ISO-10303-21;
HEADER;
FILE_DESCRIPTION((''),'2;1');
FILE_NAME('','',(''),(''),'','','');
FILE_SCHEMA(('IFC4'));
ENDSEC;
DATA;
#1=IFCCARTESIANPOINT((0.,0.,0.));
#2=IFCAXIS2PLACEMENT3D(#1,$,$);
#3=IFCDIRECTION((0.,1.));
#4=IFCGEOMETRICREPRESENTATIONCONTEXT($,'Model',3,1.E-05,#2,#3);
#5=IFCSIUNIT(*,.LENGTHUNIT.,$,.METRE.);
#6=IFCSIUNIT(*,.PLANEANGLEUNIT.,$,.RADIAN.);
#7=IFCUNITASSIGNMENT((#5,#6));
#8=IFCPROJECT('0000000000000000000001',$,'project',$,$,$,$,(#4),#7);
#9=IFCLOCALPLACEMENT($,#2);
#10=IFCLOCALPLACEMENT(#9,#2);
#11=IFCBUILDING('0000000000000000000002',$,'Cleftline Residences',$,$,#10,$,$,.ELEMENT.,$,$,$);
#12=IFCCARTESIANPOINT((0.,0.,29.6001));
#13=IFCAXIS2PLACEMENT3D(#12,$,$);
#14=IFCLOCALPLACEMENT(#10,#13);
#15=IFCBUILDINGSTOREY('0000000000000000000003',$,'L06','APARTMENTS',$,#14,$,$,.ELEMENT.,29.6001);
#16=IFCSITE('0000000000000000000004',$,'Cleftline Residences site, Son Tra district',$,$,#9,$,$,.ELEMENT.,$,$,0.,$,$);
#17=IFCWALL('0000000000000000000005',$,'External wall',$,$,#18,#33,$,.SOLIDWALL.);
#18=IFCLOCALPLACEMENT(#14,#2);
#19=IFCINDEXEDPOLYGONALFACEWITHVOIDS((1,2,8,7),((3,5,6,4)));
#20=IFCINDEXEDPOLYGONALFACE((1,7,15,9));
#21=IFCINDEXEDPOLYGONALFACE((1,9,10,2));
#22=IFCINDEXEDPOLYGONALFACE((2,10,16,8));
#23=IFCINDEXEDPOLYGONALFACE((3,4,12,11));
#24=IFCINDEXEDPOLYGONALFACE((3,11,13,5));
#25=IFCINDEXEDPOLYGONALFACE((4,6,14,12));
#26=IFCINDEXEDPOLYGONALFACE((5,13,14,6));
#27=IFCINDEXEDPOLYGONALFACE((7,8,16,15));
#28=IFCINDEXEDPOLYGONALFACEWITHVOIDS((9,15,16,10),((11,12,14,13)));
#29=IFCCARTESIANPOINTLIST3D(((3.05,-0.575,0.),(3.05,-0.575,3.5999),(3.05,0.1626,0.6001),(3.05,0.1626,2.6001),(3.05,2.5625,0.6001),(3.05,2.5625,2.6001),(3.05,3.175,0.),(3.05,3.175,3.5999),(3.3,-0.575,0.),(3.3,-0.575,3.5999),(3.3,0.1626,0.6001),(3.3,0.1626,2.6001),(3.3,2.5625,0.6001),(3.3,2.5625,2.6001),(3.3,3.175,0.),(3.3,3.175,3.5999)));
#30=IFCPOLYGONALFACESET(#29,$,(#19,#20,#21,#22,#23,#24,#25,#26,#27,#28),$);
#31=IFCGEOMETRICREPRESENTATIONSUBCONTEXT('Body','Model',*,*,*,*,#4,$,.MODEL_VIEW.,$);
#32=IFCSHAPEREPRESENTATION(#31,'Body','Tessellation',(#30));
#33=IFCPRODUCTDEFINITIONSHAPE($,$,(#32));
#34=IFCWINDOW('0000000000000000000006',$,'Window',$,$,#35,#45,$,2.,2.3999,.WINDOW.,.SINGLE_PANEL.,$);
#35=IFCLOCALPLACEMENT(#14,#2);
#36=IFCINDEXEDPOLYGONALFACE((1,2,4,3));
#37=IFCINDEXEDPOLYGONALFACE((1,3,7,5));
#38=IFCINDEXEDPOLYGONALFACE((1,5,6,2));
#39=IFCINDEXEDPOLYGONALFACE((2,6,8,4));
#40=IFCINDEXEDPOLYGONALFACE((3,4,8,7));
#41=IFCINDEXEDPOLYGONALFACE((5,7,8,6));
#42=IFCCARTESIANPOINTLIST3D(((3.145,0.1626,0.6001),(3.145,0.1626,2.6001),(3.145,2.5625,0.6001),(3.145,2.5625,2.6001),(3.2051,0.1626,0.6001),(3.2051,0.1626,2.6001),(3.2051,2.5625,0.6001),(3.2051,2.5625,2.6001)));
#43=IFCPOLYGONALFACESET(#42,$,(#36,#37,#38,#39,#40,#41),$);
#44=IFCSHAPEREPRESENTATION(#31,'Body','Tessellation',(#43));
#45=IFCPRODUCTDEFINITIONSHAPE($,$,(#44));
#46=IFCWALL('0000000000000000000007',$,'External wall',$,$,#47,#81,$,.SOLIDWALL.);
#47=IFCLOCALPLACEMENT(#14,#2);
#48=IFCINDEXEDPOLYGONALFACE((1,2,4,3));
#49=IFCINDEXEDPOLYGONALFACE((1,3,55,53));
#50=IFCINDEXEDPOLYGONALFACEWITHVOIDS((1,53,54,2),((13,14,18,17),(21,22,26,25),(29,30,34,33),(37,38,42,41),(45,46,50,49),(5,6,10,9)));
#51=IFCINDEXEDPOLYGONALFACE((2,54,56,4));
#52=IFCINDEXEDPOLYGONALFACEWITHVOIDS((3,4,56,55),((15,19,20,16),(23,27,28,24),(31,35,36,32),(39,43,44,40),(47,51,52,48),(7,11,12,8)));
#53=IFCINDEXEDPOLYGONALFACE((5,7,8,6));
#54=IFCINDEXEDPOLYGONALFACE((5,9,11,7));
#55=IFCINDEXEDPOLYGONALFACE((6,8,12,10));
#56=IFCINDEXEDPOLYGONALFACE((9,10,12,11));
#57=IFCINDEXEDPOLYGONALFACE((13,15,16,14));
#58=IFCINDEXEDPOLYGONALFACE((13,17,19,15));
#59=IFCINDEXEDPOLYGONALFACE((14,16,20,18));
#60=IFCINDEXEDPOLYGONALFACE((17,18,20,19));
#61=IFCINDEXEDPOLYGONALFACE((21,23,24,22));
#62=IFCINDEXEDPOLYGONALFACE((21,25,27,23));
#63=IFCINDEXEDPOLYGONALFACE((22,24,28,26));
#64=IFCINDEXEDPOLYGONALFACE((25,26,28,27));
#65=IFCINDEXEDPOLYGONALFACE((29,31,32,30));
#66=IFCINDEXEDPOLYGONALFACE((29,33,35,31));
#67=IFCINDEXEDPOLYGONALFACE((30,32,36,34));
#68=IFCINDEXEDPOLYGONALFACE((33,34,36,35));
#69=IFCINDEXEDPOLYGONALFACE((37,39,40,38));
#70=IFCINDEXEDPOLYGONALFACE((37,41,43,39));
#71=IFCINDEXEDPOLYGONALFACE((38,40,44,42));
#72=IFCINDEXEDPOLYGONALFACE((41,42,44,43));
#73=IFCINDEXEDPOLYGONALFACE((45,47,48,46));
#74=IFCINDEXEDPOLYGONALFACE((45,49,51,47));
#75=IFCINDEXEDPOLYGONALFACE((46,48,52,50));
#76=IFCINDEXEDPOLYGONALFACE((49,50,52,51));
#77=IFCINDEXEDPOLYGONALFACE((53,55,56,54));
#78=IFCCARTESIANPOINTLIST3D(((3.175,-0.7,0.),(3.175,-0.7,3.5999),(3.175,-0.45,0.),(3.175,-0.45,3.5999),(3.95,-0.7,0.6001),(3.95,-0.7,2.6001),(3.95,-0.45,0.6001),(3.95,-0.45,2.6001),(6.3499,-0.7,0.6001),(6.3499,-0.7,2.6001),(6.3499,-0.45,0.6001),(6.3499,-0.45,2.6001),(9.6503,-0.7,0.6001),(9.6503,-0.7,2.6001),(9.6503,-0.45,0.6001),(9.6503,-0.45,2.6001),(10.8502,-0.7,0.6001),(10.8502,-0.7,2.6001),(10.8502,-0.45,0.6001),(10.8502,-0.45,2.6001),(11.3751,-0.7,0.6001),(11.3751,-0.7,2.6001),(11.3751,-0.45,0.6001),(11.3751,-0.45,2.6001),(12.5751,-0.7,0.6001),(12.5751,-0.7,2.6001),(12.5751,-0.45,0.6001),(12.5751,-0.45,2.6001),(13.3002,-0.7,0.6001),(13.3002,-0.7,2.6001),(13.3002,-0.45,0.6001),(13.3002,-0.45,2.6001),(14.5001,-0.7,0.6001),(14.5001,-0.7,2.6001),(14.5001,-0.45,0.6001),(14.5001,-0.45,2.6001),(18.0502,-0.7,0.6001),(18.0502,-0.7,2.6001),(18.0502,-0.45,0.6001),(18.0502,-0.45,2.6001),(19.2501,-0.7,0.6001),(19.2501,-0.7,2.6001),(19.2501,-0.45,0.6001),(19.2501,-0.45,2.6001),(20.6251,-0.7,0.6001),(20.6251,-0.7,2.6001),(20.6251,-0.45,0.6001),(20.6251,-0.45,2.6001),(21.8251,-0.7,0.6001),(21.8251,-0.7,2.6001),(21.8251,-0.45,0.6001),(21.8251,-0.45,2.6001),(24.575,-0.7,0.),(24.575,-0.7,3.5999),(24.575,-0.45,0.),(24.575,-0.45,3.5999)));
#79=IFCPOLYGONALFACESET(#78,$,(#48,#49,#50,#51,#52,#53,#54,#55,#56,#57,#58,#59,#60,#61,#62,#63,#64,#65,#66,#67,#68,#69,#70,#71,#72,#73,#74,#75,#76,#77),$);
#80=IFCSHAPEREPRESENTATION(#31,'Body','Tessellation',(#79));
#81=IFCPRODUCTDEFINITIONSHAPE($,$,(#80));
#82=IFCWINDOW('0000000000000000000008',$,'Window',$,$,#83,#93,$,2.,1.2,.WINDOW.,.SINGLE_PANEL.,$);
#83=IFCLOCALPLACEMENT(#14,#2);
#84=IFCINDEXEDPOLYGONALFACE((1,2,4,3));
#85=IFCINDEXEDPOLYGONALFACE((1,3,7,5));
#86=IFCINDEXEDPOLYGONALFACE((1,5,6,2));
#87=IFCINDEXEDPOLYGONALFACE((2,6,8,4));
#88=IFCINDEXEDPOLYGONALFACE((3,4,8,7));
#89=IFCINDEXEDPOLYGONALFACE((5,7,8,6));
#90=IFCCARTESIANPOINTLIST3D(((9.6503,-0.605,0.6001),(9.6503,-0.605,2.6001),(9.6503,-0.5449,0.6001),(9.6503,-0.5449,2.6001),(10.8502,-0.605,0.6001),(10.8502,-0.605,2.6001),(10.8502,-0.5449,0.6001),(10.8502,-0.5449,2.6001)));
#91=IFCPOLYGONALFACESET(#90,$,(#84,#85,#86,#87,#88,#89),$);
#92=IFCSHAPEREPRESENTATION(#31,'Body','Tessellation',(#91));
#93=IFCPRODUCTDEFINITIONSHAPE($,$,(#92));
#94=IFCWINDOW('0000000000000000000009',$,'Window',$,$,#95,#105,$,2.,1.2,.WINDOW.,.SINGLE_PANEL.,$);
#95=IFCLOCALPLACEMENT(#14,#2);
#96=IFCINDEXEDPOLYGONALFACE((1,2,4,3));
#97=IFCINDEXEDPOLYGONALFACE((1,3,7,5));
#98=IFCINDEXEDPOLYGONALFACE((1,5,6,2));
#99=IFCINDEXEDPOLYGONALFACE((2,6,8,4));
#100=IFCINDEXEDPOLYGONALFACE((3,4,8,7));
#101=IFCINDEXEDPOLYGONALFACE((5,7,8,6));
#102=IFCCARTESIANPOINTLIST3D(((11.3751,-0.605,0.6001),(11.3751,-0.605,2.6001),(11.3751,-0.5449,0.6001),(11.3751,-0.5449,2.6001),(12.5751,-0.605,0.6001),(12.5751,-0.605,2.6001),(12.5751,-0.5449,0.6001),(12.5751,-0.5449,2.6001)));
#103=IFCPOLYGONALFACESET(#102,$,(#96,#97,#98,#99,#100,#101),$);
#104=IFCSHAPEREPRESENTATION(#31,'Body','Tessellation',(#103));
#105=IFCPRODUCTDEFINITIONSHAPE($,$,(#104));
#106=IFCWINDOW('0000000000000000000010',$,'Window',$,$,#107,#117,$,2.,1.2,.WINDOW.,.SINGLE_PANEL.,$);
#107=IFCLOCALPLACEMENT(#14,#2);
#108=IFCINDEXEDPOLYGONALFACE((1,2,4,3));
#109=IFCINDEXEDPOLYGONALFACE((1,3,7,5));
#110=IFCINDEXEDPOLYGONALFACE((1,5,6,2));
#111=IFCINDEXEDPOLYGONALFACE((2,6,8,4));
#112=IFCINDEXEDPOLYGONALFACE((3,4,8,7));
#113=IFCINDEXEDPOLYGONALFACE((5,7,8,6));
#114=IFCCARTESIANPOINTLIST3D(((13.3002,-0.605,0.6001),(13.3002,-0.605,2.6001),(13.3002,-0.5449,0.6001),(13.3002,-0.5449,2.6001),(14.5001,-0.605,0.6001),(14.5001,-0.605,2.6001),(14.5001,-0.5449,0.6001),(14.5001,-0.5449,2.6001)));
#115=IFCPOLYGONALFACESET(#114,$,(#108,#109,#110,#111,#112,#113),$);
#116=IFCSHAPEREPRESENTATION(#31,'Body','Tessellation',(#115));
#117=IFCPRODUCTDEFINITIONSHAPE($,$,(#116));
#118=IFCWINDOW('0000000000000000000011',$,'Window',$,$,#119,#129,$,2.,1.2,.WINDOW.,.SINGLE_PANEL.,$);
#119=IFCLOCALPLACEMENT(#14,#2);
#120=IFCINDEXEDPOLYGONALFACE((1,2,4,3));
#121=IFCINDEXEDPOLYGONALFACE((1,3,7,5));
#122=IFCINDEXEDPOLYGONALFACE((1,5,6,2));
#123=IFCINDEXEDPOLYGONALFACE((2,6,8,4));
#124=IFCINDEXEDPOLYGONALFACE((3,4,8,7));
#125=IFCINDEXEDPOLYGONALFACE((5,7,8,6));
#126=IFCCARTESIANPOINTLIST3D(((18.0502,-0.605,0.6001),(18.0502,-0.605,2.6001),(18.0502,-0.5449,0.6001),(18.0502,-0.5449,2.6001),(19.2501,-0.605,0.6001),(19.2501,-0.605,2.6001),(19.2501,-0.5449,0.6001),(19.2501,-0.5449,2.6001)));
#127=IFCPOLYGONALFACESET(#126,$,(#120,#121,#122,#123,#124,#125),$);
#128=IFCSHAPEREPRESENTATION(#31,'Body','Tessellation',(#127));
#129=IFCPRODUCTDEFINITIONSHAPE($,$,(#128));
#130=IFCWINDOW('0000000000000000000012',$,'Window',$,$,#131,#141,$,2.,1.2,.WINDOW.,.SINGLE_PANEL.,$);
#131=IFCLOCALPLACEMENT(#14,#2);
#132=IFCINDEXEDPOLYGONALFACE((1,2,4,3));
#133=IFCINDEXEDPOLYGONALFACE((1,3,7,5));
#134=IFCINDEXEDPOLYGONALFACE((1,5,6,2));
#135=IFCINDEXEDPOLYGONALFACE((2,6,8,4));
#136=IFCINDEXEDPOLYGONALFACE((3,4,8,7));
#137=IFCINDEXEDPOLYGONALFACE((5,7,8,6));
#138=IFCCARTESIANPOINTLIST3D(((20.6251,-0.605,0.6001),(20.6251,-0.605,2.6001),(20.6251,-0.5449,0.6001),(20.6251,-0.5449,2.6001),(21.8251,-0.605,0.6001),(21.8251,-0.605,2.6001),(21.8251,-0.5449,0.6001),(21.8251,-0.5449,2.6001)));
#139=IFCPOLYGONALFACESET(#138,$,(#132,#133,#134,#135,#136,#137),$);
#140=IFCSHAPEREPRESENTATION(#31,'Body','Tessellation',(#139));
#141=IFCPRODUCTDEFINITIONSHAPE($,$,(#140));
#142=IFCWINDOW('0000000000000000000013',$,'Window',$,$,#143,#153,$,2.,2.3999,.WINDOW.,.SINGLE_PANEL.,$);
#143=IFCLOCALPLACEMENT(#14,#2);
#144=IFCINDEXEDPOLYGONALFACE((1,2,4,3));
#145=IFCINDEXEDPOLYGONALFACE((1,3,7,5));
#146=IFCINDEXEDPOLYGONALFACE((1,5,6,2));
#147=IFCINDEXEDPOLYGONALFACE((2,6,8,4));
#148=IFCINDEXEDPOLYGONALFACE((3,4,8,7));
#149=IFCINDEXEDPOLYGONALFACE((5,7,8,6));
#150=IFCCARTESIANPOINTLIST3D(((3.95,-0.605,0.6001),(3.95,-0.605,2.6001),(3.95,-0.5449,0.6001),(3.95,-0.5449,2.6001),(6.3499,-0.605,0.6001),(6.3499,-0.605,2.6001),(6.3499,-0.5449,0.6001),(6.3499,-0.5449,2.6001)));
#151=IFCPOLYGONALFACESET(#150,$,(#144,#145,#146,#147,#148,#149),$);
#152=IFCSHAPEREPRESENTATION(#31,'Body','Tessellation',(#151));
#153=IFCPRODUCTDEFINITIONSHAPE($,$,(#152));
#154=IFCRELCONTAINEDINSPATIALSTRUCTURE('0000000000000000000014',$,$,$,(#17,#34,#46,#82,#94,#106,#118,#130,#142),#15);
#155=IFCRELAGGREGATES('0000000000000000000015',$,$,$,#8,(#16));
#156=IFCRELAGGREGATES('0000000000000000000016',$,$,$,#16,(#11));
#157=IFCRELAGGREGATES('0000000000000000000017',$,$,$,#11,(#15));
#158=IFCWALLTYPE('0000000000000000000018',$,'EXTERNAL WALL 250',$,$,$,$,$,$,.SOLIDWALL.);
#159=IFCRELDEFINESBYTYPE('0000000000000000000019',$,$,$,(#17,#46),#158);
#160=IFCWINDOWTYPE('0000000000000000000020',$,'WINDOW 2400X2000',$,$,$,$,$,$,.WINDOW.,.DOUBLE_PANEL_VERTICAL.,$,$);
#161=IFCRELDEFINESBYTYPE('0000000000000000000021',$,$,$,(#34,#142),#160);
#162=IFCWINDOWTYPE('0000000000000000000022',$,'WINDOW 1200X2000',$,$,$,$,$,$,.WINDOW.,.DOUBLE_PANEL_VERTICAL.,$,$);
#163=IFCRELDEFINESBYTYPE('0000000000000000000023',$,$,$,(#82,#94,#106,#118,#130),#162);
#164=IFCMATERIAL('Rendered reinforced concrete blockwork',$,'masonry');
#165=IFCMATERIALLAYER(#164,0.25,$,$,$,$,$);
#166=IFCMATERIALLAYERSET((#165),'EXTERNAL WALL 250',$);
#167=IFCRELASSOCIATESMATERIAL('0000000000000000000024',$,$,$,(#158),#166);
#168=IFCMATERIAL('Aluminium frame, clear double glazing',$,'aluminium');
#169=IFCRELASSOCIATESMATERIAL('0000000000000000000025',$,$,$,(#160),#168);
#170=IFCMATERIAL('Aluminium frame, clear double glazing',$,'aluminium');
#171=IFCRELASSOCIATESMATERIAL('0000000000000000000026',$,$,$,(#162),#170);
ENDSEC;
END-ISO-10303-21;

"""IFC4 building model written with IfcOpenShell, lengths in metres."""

from ifc_helpers import new_model, si_unit, direction, frame, frame_2d, origin, place, context, subcontext, project, spatial, rectangle, extrude, material, layer, layer_set, type_object, element, fill, save


model = new_model("IFC4")

# Units and contexts
model_context = context("Model", 3, precision=1e-05, world=origin(), true_north=direction((0.0, 1.0)))
body_context = subcontext(model_context, "Body", "Model", "MODEL_VIEW")
ifc_project = project(units=[si_unit("LENGTHUNIT", "METRE"), si_unit("PLANEANGLEUNIT", "RADIAN")], contexts=[model_context])

# Site, building, storey
site_placement = place(None, origin())
site = spatial("IfcSite", under=ifc_project, at=site_placement, Name="Cleftline Residences site, Son Tra district", CompositionType="ELEMENT", RefElevation=0.0)
building_placement = place(site_placement, origin())
building = spatial("IfcBuilding", under=site, at=building_placement, Name="Cleftline Residences", CompositionType="ELEMENT")
storey_placement = place(building_placement, frame((0.0, 0.0, 29.6001)))
storey = spatial("IfcBuildingStorey", under=building, at=storey_placement, Name="L06", Description="APARTMENTS", CompositionType="ELEMENT", Elevation=29.6001)

# Wall, opening, window
ifc_material_1 = material(Name="Rendered reinforced concrete blockwork", Category="masonry")
ifc_layer_1 = layer(ifc_material_1, 0.25)
ifc_layer_set_1 = layer_set([ifc_layer_1], Name="EXTERNAL WALL 250")
wall_type_1 = type_object("IfcWallType", Name="EXTERNAL WALL 250", PredefinedType="SOLIDWALL", material=ifc_layer_set_1)
wall_1_placement = place(storey_placement, frame((3.175, 3.175, 0.0), z_axis=(0.0, 0.0, 1.0), x_axis=(0.0, -1.0, 0.0)))
wall_1 = element("IfcWall", 1, at=wall_1_placement, inside=storey, type_object=wall_type_1, Name="External wall", PredefinedType="SOLIDWALL", context=body_context, shape_type="SweptSolid", body=[
    extrude(rectangle(XDim=3.75, YDim=0.25, at=frame_2d((1.875, 0.0))), origin(), (0.0, 0.0, 1.0), 3.5999),
])
opening_1_placement = place(wall_1_placement, frame((0.6125, 0.0, 0.6001)))
opening_1 = element("IfcOpeningElement", 2, at=opening_1_placement, cuts=wall_1, PredefinedType="OPENING", context=body_context, shape_type="SweptSolid", body=[
    extrude(rectangle(XDim=2.3999, YDim=2.0, at=frame_2d((1.2, 1.0))), frame((0.0, 0.135, 0.0), z_axis=(0.0, -1.0, 0.0), x_axis=(1.0, 0.0, 0.0)), (0.0, 0.0, 1.0), 0.27),
])
ifc_material_2 = material(Name="Aluminium frame, clear double glazing", Category="aluminium")
window_type_1 = type_object("IfcWindowType", Name="WINDOW 2400X2000", PartitioningType="DOUBLE_PANEL_VERTICAL", PredefinedType="WINDOW", material=ifc_material_2)
window_1_placement = place(opening_1_placement, origin())
window_1 = element("IfcWindow", 3, at=window_1_placement, inside=storey, type_object=window_type_1, Name="Window", OverallHeight=2.0, OverallWidth=2.3999, PartitioningType="SINGLE_PANEL", PredefinedType="WINDOW", context=body_context, shape_type="SweptSolid", body=[
    extrude(rectangle(XDim=2.3999, YDim=2.0, at=frame_2d((1.2, 1.0))), frame((0.0, 0.03, 0.0), z_axis=(0.0, -1.0, 0.0), x_axis=(1.0, 0.0, 0.0)), (0.0, 0.0, 1.0), 0.0601),
])
fill(opening_1, window_1)

# Wall, openings, windows
wall_2_placement = place(storey_placement, frame((3.175, -0.575, 0.0), z_axis=(0.0, 0.0, 1.0), x_axis=(1.0, 0.0, 0.0)))
wall_2 = element("IfcWall", 4, at=wall_2_placement, inside=storey, type_object=wall_type_1, Name="External wall", PredefinedType="SOLIDWALL", context=body_context, shape_type="SweptSolid", body=[
    extrude(rectangle(XDim=21.3999, YDim=0.25, at=frame_2d((10.7, 0.0))), origin(), (0.0, 0.0, 1.0), 3.5999),
])
opening_2_placement = place(wall_2_placement, frame((0.7749, 0.0, 0.6001)))
opening_2 = element("IfcOpeningElement", 5, at=opening_2_placement, cuts=wall_2, PredefinedType="OPENING", context=body_context, shape_type="SweptSolid", body=[
    extrude(rectangle(XDim=2.3999, YDim=2.0, at=frame_2d((1.2, 1.0))), frame((0.0, 0.135, 0.0), z_axis=(0.0, -1.0, 0.0), x_axis=(1.0, 0.0, 0.0)), (0.0, 0.0, 1.0), 0.27),
])
opening_3_placement = place(wall_2_placement, frame((6.4751, 0.0, 0.6001)))
opening_3 = element("IfcOpeningElement", 6, at=opening_3_placement, cuts=wall_2, PredefinedType="OPENING", context=body_context, shape_type="SweptSolid", body=[
    extrude(rectangle(XDim=1.2, YDim=2.0, at=frame_2d((0.6001, 1.0))), frame((0.0, 0.135, 0.0), z_axis=(0.0, -1.0, 0.0), x_axis=(1.0, 0.0, 0.0)), (0.0, 0.0, 1.0), 0.27),
])
opening_4_placement = place(wall_2_placement, frame((8.2, 0.0, 0.6001)))
opening_4 = element("IfcOpeningElement", 7, at=opening_4_placement, cuts=wall_2, PredefinedType="OPENING", context=body_context, shape_type="SweptSolid", body=[
    extrude(rectangle(XDim=1.2, YDim=2.0, at=frame_2d((0.6001, 1.0))), frame((0.0, 0.135, 0.0), z_axis=(0.0, -1.0, 0.0), x_axis=(1.0, 0.0, 0.0)), (0.0, 0.0, 1.0), 0.27),
])
opening_5_placement = place(wall_2_placement, frame((10.125, 0.0, 0.6001)))
opening_5 = element("IfcOpeningElement", 8, at=opening_5_placement, cuts=wall_2, PredefinedType="OPENING", context=body_context, shape_type="SweptSolid", body=[
    extrude(rectangle(XDim=1.2, YDim=2.0, at=frame_2d((0.6001, 1.0))), frame((0.0, 0.135, 0.0), z_axis=(0.0, -1.0, 0.0), x_axis=(1.0, 0.0, 0.0)), (0.0, 0.0, 1.0), 0.27),
])
opening_6_placement = place(wall_2_placement, frame((14.875, 0.0, 0.6001)))
opening_6 = element("IfcOpeningElement", 9, at=opening_6_placement, cuts=wall_2, PredefinedType="OPENING", context=body_context, shape_type="SweptSolid", body=[
    extrude(rectangle(XDim=1.2, YDim=2.0, at=frame_2d((0.6001, 1.0))), frame((0.0, 0.135, 0.0), z_axis=(0.0, -1.0, 0.0), x_axis=(1.0, 0.0, 0.0)), (0.0, 0.0, 1.0), 0.27),
])
opening_7_placement = place(wall_2_placement, frame((17.45, 0.0, 0.6001)))
opening_7 = element("IfcOpeningElement", 10, at=opening_7_placement, cuts=wall_2, PredefinedType="OPENING", context=body_context, shape_type="SweptSolid", body=[
    extrude(rectangle(XDim=1.2, YDim=2.0, at=frame_2d((0.6001, 1.0))), frame((0.0, 0.135, 0.0), z_axis=(0.0, -1.0, 0.0), x_axis=(1.0, 0.0, 0.0)), (0.0, 0.0, 1.0), 0.27),
])
ifc_material_3 = material(Name="Aluminium frame, clear double glazing", Category="aluminium")
window_type_2 = type_object("IfcWindowType", Name="WINDOW 1200X2000", PartitioningType="DOUBLE_PANEL_VERTICAL", PredefinedType="WINDOW", material=ifc_material_3)
window_2_placement = place(opening_3_placement, origin())
window_2 = element("IfcWindow", 11, at=window_2_placement, inside=storey, type_object=window_type_2, Name="Window", OverallHeight=2.0, OverallWidth=1.2, PartitioningType="SINGLE_PANEL", PredefinedType="WINDOW", context=body_context, shape_type="SweptSolid", body=[
    extrude(rectangle(XDim=1.2, YDim=2.0, at=frame_2d((0.6001, 1.0))), frame((0.0, 0.03, 0.0), z_axis=(0.0, -1.0, 0.0), x_axis=(1.0, 0.0, 0.0)), (0.0, 0.0, 1.0), 0.0601),
])
fill(opening_3, window_2)
window_3_placement = place(opening_4_placement, origin())
window_3 = element("IfcWindow", 12, at=window_3_placement, inside=storey, type_object=window_type_2, Name="Window", OverallHeight=2.0, OverallWidth=1.2, PartitioningType="SINGLE_PANEL", PredefinedType="WINDOW", context=body_context, shape_type="SweptSolid", body=[
    extrude(rectangle(XDim=1.2, YDim=2.0, at=frame_2d((0.6001, 1.0))), frame((0.0, 0.03, 0.0), z_axis=(0.0, -1.0, 0.0), x_axis=(1.0, 0.0, 0.0)), (0.0, 0.0, 1.0), 0.0601),
])
fill(opening_4, window_3)
window_4_placement = place(opening_5_placement, origin())
window_4 = element("IfcWindow", 13, at=window_4_placement, inside=storey, type_object=window_type_2, Name="Window", OverallHeight=2.0, OverallWidth=1.2, PartitioningType="SINGLE_PANEL", PredefinedType="WINDOW", context=body_context, shape_type="SweptSolid", body=[
    extrude(rectangle(XDim=1.2, YDim=2.0, at=frame_2d((0.6001, 1.0))), frame((0.0, 0.03, 0.0), z_axis=(0.0, -1.0, 0.0), x_axis=(1.0, 0.0, 0.0)), (0.0, 0.0, 1.0), 0.0601),
])
fill(opening_5, window_4)
window_5_placement = place(opening_6_placement, origin())
window_5 = element("IfcWindow", 14, at=window_5_placement, inside=storey, type_object=window_type_2, Name="Window", OverallHeight=2.0, OverallWidth=1.2, PartitioningType="SINGLE_PANEL", PredefinedType="WINDOW", context=body_context, shape_type="SweptSolid", body=[
    extrude(rectangle(XDim=1.2, YDim=2.0, at=frame_2d((0.6001, 1.0))), frame((0.0, 0.03, 0.0), z_axis=(0.0, -1.0, 0.0), x_axis=(1.0, 0.0, 0.0)), (0.0, 0.0, 1.0), 0.0601),
])
fill(opening_6, window_5)
window_6_placement = place(opening_7_placement, origin())
window_6 = element("IfcWindow", 15, at=window_6_placement, inside=storey, type_object=window_type_2, Name="Window", OverallHeight=2.0, OverallWidth=1.2, PartitioningType="SINGLE_PANEL", PredefinedType="WINDOW", context=body_context, shape_type="SweptSolid", body=[
    extrude(rectangle(XDim=1.2, YDim=2.0, at=frame_2d((0.6001, 1.0))), frame((0.0, 0.03, 0.0), z_axis=(0.0, -1.0, 0.0), x_axis=(1.0, 0.0, 0.0)), (0.0, 0.0, 1.0), 0.0601),
])
fill(opening_7, window_6)
window_7_placement = place(opening_2_placement, origin())
window_7 = element("IfcWindow", 16, at=window_7_placement, inside=storey, type_object=window_type_1, Name="Window", OverallHeight=2.0, OverallWidth=2.3999, PartitioningType="SINGLE_PANEL", PredefinedType="WINDOW", context=body_context, shape_type="SweptSolid", body=[
    extrude(rectangle(XDim=2.3999, YDim=2.0, at=frame_2d((1.2, 1.0))), frame((0.0, 0.03, 0.0), z_axis=(0.0, -1.0, 0.0), x_axis=(1.0, 0.0, 0.0)), (0.0, 0.0, 1.0), 0.0601),
])
fill(opening_2, window_7)

save(model, "model.ifc")
